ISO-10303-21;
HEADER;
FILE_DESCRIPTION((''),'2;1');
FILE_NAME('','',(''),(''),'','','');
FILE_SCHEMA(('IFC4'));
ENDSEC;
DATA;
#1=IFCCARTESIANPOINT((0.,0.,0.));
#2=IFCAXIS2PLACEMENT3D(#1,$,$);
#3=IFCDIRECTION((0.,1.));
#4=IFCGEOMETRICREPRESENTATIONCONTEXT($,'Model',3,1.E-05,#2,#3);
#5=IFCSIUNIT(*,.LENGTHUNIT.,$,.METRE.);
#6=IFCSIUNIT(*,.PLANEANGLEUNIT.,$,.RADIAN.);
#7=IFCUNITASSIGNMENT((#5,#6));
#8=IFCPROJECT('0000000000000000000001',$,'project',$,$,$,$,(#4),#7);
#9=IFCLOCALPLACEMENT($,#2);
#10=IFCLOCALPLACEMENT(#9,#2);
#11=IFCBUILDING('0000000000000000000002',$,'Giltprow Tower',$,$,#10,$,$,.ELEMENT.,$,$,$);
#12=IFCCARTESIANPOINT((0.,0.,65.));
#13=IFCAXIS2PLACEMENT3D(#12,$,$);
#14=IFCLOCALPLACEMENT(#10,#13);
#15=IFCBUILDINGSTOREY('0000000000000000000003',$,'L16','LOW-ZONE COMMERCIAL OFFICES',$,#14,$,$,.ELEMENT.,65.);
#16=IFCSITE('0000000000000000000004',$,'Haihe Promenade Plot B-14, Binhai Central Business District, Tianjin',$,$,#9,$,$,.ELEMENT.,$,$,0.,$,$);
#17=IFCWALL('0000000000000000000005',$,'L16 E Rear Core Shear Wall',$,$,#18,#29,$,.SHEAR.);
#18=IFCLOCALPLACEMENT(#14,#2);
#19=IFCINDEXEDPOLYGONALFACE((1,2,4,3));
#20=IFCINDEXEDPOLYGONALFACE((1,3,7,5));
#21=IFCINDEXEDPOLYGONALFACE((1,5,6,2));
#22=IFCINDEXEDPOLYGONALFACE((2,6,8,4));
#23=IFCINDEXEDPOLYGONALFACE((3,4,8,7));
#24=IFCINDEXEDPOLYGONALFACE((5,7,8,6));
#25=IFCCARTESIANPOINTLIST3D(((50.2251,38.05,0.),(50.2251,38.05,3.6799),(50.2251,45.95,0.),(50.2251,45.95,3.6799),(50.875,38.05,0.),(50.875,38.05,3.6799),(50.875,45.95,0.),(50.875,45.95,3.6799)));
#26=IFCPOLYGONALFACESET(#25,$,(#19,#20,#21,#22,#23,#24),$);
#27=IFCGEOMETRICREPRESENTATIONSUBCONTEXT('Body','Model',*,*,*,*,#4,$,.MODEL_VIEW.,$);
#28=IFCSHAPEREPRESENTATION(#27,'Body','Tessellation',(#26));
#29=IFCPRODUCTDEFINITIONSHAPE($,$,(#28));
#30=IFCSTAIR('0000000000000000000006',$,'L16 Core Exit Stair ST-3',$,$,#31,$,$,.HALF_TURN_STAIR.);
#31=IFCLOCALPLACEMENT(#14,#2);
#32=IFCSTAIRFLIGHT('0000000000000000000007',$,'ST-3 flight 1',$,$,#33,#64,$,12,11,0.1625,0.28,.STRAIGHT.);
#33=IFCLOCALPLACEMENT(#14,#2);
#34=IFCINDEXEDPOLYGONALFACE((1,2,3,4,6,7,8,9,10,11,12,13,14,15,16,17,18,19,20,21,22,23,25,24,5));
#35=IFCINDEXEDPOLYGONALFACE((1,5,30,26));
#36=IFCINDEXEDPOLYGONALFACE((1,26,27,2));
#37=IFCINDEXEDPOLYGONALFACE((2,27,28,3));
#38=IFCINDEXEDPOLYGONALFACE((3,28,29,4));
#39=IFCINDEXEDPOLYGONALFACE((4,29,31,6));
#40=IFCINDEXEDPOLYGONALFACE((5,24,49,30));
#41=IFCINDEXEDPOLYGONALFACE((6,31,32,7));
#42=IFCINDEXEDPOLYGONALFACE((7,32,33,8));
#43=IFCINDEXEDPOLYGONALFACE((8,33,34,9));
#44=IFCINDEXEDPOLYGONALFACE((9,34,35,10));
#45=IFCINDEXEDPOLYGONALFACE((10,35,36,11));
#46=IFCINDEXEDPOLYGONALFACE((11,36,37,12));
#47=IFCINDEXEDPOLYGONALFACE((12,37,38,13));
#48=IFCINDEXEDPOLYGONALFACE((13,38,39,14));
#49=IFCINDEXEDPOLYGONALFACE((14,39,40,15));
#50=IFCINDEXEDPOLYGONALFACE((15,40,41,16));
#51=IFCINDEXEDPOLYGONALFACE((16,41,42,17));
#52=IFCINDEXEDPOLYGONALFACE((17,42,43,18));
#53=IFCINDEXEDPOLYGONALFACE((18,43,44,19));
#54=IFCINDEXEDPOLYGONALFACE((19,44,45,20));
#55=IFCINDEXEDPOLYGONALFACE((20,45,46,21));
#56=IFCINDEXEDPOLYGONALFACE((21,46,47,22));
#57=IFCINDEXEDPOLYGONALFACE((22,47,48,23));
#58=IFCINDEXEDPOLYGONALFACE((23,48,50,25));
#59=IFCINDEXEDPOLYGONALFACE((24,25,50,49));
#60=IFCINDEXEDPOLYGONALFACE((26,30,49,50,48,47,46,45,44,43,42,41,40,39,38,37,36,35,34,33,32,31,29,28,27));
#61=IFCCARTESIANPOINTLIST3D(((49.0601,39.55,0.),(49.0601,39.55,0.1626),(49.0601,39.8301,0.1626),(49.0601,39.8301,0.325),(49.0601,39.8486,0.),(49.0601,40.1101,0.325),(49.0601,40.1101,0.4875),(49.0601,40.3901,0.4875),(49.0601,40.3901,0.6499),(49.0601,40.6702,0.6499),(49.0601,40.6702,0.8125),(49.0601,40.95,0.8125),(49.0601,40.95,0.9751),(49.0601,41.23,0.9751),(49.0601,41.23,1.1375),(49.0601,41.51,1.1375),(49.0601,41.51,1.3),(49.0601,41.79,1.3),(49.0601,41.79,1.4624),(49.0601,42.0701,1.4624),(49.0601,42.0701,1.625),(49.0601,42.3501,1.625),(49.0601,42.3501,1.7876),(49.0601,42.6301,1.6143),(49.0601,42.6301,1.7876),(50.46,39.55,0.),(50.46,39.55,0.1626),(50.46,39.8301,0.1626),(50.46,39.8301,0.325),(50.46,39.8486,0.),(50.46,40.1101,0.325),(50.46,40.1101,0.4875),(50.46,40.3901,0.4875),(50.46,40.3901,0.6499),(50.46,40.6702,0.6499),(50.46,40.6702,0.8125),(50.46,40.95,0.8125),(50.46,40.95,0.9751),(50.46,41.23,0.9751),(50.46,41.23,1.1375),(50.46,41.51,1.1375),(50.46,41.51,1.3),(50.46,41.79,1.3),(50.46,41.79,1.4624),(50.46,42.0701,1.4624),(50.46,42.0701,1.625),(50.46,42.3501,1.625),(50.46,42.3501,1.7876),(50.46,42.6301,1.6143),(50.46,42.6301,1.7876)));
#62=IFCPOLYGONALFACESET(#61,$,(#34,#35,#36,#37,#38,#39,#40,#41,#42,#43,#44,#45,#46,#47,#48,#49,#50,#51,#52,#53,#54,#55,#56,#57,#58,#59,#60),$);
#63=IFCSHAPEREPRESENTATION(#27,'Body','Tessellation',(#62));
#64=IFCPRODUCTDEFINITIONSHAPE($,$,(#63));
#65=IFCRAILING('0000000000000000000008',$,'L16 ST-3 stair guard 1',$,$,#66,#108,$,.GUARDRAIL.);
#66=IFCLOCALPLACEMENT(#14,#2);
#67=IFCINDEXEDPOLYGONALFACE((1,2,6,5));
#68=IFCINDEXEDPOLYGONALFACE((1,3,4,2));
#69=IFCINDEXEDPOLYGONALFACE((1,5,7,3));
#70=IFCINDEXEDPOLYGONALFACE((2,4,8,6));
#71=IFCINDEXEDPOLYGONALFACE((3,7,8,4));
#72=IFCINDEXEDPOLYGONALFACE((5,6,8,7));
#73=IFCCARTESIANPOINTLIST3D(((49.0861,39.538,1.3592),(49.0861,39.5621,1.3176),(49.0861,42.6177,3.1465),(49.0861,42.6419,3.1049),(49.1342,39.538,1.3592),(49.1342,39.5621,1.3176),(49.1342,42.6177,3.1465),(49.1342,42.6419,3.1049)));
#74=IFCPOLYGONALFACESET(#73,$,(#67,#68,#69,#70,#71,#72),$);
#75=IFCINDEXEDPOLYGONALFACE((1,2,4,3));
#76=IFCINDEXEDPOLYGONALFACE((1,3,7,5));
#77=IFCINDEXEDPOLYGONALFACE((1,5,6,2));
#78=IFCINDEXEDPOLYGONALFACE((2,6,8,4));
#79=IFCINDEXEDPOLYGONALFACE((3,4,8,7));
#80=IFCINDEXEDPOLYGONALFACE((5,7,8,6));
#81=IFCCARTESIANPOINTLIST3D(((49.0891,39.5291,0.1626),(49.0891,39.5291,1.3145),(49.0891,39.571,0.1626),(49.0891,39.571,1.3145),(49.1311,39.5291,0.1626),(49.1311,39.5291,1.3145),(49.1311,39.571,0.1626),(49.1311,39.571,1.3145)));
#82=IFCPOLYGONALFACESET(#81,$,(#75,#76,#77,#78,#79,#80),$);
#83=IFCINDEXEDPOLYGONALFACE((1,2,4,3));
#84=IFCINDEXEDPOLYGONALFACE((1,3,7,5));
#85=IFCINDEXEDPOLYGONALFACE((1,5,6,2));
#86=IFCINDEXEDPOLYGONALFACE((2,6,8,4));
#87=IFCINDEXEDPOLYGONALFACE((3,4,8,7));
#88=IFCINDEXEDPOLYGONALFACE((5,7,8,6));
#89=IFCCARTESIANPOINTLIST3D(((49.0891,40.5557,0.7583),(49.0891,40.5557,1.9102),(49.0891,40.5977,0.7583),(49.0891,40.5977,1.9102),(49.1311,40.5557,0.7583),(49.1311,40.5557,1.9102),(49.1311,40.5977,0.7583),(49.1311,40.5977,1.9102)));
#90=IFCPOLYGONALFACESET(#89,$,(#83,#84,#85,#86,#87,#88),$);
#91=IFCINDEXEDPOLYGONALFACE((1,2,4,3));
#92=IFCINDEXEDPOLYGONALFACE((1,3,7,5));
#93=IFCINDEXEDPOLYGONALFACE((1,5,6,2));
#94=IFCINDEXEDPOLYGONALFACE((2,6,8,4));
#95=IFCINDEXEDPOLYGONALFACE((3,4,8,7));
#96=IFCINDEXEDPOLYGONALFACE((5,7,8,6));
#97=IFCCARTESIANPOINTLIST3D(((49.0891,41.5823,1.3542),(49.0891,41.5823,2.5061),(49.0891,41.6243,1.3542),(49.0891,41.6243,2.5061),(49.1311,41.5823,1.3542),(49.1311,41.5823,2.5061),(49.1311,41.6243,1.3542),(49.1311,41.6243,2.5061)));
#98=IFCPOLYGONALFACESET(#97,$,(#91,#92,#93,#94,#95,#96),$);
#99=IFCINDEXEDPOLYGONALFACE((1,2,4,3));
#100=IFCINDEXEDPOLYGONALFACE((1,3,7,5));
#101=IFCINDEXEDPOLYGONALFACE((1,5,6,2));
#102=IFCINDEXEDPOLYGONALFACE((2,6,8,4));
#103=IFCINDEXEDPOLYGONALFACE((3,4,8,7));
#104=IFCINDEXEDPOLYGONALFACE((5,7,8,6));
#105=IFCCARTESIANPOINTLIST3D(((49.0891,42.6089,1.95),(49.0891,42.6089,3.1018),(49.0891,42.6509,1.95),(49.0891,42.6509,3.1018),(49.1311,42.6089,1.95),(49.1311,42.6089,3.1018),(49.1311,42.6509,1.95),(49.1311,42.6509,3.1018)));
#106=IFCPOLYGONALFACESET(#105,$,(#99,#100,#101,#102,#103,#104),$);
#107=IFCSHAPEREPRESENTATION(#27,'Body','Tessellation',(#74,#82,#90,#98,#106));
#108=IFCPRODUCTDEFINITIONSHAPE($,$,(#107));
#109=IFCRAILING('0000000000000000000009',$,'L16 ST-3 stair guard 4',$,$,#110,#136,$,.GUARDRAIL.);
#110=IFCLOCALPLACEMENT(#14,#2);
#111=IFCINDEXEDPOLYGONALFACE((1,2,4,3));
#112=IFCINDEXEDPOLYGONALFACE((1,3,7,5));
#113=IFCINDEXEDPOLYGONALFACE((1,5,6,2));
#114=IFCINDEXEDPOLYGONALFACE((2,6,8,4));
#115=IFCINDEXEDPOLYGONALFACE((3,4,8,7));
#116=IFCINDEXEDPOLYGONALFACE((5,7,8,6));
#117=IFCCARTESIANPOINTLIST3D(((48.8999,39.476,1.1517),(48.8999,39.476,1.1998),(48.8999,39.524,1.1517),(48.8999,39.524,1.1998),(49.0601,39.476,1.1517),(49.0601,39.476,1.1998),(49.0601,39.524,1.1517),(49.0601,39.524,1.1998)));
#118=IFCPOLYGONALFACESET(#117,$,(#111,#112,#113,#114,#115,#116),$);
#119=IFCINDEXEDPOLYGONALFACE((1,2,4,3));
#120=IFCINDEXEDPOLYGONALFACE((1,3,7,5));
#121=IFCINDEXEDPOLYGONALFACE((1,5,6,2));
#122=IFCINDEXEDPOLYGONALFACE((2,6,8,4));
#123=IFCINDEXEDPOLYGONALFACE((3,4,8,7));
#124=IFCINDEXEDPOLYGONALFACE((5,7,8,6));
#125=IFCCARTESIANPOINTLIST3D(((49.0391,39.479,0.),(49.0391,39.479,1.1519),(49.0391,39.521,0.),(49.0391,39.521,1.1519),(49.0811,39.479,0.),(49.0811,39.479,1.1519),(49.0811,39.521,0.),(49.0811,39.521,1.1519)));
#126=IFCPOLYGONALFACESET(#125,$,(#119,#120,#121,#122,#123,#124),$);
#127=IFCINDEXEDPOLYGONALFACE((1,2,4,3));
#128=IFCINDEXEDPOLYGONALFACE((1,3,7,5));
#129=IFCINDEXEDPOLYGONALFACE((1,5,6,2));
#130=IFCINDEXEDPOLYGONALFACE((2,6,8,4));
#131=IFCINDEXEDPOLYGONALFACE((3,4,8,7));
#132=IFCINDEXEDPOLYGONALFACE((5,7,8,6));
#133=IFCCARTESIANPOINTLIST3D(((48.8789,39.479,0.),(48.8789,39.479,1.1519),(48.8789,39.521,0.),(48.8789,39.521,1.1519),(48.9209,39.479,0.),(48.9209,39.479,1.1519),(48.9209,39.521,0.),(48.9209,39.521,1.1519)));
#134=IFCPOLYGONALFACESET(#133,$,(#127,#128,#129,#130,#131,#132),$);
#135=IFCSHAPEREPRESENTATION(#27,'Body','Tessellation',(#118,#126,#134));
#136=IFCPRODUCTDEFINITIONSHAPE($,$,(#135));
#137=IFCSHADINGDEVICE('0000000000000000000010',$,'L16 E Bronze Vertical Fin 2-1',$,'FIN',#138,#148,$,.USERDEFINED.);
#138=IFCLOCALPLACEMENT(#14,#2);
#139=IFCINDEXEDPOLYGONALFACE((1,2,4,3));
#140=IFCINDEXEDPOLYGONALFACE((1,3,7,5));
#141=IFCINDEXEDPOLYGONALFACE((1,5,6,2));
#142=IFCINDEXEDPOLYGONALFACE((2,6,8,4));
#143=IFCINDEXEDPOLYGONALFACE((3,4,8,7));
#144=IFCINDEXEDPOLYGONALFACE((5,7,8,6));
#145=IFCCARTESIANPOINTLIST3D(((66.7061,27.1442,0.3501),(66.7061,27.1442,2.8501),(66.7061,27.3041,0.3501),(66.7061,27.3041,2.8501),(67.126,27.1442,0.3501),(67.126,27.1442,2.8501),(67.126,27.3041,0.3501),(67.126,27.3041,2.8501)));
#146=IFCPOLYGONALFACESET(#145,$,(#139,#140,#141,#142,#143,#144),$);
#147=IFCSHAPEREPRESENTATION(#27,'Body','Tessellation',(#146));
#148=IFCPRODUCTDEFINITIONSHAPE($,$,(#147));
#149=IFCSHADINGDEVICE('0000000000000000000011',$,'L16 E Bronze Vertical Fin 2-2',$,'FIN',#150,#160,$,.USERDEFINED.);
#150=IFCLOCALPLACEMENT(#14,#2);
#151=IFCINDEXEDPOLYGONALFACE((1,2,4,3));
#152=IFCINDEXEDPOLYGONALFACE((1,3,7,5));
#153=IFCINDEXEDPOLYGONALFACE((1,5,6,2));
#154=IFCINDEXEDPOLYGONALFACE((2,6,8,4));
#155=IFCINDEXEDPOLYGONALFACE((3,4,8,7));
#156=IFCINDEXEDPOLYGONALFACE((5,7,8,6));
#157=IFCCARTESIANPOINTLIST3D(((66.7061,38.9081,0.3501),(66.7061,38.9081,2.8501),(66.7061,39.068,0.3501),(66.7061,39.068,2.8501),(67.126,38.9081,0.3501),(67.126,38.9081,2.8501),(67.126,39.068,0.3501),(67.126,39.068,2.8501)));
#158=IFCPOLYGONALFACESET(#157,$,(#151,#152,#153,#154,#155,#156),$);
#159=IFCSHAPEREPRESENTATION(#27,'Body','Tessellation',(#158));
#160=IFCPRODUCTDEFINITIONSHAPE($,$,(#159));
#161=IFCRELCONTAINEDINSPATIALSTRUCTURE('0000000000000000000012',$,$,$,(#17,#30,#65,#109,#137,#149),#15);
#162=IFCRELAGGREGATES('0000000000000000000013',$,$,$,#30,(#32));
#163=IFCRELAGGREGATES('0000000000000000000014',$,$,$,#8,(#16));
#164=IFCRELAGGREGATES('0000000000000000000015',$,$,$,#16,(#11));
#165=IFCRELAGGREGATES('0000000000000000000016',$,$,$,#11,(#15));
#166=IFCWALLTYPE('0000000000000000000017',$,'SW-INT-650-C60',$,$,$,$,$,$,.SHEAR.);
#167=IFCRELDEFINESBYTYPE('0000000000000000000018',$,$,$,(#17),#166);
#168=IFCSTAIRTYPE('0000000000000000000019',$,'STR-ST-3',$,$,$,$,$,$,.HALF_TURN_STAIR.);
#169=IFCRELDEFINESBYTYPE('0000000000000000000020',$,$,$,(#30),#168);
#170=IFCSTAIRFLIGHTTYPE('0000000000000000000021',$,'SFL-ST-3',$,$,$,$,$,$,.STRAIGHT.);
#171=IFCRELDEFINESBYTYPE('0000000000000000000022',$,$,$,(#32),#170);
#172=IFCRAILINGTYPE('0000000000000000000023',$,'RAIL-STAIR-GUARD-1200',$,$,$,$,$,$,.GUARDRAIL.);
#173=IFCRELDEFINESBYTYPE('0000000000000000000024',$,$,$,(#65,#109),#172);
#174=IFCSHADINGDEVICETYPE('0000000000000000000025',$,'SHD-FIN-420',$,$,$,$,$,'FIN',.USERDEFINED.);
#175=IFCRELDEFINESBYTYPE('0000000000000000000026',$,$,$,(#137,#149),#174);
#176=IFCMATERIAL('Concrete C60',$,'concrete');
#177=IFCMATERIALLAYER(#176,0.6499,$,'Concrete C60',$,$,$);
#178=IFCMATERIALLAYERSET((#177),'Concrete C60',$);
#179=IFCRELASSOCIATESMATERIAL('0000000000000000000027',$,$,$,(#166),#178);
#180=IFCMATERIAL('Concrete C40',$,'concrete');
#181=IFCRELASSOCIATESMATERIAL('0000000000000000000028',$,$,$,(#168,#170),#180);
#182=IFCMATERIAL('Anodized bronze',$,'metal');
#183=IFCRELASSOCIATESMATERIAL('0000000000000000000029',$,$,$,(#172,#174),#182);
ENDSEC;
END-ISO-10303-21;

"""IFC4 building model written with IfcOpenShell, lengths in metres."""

from ifc_helpers import new_model, si_unit, direction, frame, frame_2d, origin, origin_2d, place, context, subcontext, project, spatial, polyline, rectangle, outline, extrude, source, transform, mapped, material, layer, layer_set, type_object, element, aggregate, save


model = new_model("IFC4")

# Units and contexts
model_context = context("Model", 3, precision=1e-05, world=origin(), true_north=direction((0.0, 1.0)))
body_context = subcontext(model_context, "Body", "Model", "MODEL_VIEW")
ifc_project = project(units=[si_unit("LENGTHUNIT", "METRE"), si_unit("PLANEANGLEUNIT", "RADIAN")], contexts=[model_context])

# Site, building, storey
site_placement = place(None, origin())
site = spatial("IfcSite", under=ifc_project, at=site_placement, Name="Haihe Promenade Plot B-14, Binhai Central Business District, Tianjin", CompositionType="ELEMENT", RefElevation=0.0)
building_placement = place(site_placement, origin())
building = spatial("IfcBuilding", under=site, at=building_placement, Name="Giltprow Tower", CompositionType="ELEMENT")
storey_placement = place(building_placement, frame((0.0, 0.0, 65.0)))
storey = spatial("IfcBuildingStorey", under=building, at=storey_placement, Name="L16", Description="LOW-ZONE COMMERCIAL OFFICES", CompositionType="ELEMENT", Elevation=65.0)

# Shared definitions
ifc_material_1 = material(Name="Concrete C60", Category="concrete")

# Shared definitions
ifc_material_2 = material(Name="Concrete C40", Category="concrete")

# Wall
ifc_layer_1 = layer(ifc_material_1, 0.6499, Name="Concrete C60")
ifc_layer_set_1 = layer_set([ifc_layer_1], Name="Concrete C60")
wall_type_1 = type_object("IfcWallType", Name="SW-INT-650-C60", PredefinedType="SHEAR", material=ifc_layer_set_1)
wall_1_placement = place(storey_placement, frame((50.55, 38.05, 0.0), z_axis=(0.0, 0.0, 1.0), x_axis=(0.0, 1.0, 0.0)))
element("IfcWall", 1, at=wall_1_placement, inside=storey, type_object=wall_type_1, Name="L16 E Rear Core Shear Wall", PredefinedType="SHEAR", context=body_context, shape_type="SweptSolid", body=[
    extrude(rectangle(XDim=7.8999, YDim=0.6499, at=frame_2d((3.95, 0.0))), origin(), (0.0, 0.0, 1.0), 3.6799),
])

# Stair, stair flight
stair_type = type_object("IfcStairType", Name="STR-ST-3", PredefinedType="HALF_TURN_STAIR", material=ifc_material_2)
stair_placement = place(storey_placement, origin())
stair = element("IfcStair", 2, at=stair_placement, inside=storey, type_object=stair_type, Name="L16 Core Exit Stair ST-3", PredefinedType="HALF_TURN_STAIR")
stair_flight_type = type_object("IfcStairFlightType", Name="SFL-ST-3", PredefinedType="STRAIGHT", material=ifc_material_2)
stair_flight_placement = place(storey_placement, frame((49.76, 39.55, 0.0), z_axis=(0.0, 0.0, 1.0), x_axis=(0.0, 1.0, 0.0)))
stair_flight = element("IfcStairFlight", 3, at=stair_flight_placement, type_object=stair_flight_type, Name="ST-3 flight 1", NumberOfRisers=12, NumberOfTreads=11, PredefinedType="STRAIGHT", RiserHeight=0.1625, TreadLength=0.28, context=body_context, shape_type="SweptSolid", body=[
    extrude(outline(polyline([(0.0, 0.0), (0.0, 0.1626), (0.28, 0.1626), (0.28, 0.325), (0.5601, 0.325), (0.5601, 0.4875), (0.8401, 0.4875), (0.8401, 0.6499), (1.1201, 0.6499), (1.1201, 0.8125), (1.3999, 0.8125), (1.3999, 0.9751), (1.6799, 0.9751), (1.6799, 1.1375), (1.96, 1.1375), (1.96, 1.3), (2.24, 1.3), (2.24, 1.4624), (2.52, 1.4624), (2.52, 1.625), (2.8, 1.625), (2.8, 1.7876), (3.0801, 1.7876), (3.0801, 1.95), (3.0801, 1.6143), (0.2986, 0.0), (0.0, 0.0)])), frame((0.0, 0.7, 0.0), z_axis=(0.0, -1.0, 0.0), x_axis=(1.0, 0.0, 0.0)), (0.0, 0.0, 1.0), 1.3999),
])
aggregate(stair, [stair_flight])

# Railings
ifc_material_3 = material(Name="Anodized bronze", Category="metal")
railing_type = type_object("IfcRailingType", Name="RAIL-STAIR-GUARD-1200", PredefinedType="GUARDRAIL", material=ifc_material_3)
railing_1_placement = place(storey_placement, frame((49.1101, 39.55, 0.1626)))
element("IfcRailing", 4, at=railing_1_placement, inside=storey, type_object=railing_type, Name="L16 ST-3 stair guard 1", PredefinedType="GUARDRAIL", context=body_context, shape_type="SweptSolid", body=[
    extrude(rectangle(XDim=0.0481, YDim=0.0481, at=origin_2d()), frame((0.0, 0.0, 1.1758), z_axis=(0.0, 0.864903, 0.501939), x_axis=(-1.0, 0.0, 0.0)), (0.0, 0.0, 1.0), 3.5608),
    extrude(rectangle(XDim=0.042, YDim=0.042, at=origin_2d()), origin(), (0.0, 0.0, 1.0), 1.1519),
    extrude(rectangle(XDim=0.042, YDim=0.042, at=origin_2d()), frame((0.0, 1.0266, 0.5957)), (0.0, 0.0, 1.0), 1.1519),
    extrude(rectangle(XDim=0.042, YDim=0.042, at=origin_2d()), frame((0.0, 2.0532, 1.1917)), (0.0, 0.0, 1.0), 1.1519),
    extrude(rectangle(XDim=0.042, YDim=0.042, at=origin_2d()), frame((0.0, 3.0798, 1.7874)), (0.0, 0.0, 1.0), 1.1519),
])
railing_2_placement = place(storey_placement, frame((49.0601, 39.5, 0.0)))
element("IfcRailing", 5, at=railing_2_placement, inside=storey, type_object=railing_type, Name="L16 ST-3 stair guard 4", PredefinedType="GUARDRAIL", context=body_context, shape_type="SweptSolid", body=[
    extrude(rectangle(XDim=0.0481, YDim=0.0481, at=origin_2d()), frame((0.0, 0.0, 1.1758), z_axis=(-1.0, 0.0, 0.0), x_axis=(0.0, -1.0, 0.0)), (0.0, 0.0, 1.0), 0.1602),
    extrude(rectangle(XDim=0.042, YDim=0.042, at=origin_2d()), origin(), (0.0, 0.0, 1.0), 1.1519),
    extrude(rectangle(XDim=0.042, YDim=0.042, at=origin_2d()), frame((-0.1602, 0.0, 0.0)), (0.0, 0.0, 1.0), 1.1519),
])

# Shading devices
shading_device_type = type_object("IfcShadingDeviceType", Name="SHD-FIN-420", ElementType="FIN", PredefinedType="USERDEFINED", material=ifc_material_3)
shared_shape_1 = source(origin(), body_context, "Body", "SweptSolid", [
    extrude(rectangle(XDim=0.4199, YDim=0.1599, at=origin_2d()), origin(), (0.0, 0.0, 1.0), 2.5),
])
for number, where, z_axis, x_axis, name in (
    (6, (66.916, 27.2241, 0.3501), (0.0, 0.0, 1.0), (1.0, 0.0, 0.0), "L16 E Bronze Vertical Fin 2-1"),
    (7, (66.916, 38.988, 0.3501), (0.0, 0.0, 1.0), (1.0, 0.0, 0.0), "L16 E Bronze Vertical Fin 2-2"),
):
    element("IfcShadingDevice", number, at=place(storey_placement, frame(where, z_axis=z_axis, x_axis=x_axis)), inside=storey, type_object=shading_device_type, Name=name, ObjectType="FIN", PredefinedType="USERDEFINED", context=body_context, shape_type="MappedRepresentation", body=[
        mapped(shared_shape_1, transform((0.0, 0.0, 0.0), x_axis=(1.0, 0.0, 0.0), y_axis=(0.0, 1.0, 0.0), z_axis=(0.0, 0.0, 1.0), scale=1.0)),
    ])

save(model, "model.ifc")
